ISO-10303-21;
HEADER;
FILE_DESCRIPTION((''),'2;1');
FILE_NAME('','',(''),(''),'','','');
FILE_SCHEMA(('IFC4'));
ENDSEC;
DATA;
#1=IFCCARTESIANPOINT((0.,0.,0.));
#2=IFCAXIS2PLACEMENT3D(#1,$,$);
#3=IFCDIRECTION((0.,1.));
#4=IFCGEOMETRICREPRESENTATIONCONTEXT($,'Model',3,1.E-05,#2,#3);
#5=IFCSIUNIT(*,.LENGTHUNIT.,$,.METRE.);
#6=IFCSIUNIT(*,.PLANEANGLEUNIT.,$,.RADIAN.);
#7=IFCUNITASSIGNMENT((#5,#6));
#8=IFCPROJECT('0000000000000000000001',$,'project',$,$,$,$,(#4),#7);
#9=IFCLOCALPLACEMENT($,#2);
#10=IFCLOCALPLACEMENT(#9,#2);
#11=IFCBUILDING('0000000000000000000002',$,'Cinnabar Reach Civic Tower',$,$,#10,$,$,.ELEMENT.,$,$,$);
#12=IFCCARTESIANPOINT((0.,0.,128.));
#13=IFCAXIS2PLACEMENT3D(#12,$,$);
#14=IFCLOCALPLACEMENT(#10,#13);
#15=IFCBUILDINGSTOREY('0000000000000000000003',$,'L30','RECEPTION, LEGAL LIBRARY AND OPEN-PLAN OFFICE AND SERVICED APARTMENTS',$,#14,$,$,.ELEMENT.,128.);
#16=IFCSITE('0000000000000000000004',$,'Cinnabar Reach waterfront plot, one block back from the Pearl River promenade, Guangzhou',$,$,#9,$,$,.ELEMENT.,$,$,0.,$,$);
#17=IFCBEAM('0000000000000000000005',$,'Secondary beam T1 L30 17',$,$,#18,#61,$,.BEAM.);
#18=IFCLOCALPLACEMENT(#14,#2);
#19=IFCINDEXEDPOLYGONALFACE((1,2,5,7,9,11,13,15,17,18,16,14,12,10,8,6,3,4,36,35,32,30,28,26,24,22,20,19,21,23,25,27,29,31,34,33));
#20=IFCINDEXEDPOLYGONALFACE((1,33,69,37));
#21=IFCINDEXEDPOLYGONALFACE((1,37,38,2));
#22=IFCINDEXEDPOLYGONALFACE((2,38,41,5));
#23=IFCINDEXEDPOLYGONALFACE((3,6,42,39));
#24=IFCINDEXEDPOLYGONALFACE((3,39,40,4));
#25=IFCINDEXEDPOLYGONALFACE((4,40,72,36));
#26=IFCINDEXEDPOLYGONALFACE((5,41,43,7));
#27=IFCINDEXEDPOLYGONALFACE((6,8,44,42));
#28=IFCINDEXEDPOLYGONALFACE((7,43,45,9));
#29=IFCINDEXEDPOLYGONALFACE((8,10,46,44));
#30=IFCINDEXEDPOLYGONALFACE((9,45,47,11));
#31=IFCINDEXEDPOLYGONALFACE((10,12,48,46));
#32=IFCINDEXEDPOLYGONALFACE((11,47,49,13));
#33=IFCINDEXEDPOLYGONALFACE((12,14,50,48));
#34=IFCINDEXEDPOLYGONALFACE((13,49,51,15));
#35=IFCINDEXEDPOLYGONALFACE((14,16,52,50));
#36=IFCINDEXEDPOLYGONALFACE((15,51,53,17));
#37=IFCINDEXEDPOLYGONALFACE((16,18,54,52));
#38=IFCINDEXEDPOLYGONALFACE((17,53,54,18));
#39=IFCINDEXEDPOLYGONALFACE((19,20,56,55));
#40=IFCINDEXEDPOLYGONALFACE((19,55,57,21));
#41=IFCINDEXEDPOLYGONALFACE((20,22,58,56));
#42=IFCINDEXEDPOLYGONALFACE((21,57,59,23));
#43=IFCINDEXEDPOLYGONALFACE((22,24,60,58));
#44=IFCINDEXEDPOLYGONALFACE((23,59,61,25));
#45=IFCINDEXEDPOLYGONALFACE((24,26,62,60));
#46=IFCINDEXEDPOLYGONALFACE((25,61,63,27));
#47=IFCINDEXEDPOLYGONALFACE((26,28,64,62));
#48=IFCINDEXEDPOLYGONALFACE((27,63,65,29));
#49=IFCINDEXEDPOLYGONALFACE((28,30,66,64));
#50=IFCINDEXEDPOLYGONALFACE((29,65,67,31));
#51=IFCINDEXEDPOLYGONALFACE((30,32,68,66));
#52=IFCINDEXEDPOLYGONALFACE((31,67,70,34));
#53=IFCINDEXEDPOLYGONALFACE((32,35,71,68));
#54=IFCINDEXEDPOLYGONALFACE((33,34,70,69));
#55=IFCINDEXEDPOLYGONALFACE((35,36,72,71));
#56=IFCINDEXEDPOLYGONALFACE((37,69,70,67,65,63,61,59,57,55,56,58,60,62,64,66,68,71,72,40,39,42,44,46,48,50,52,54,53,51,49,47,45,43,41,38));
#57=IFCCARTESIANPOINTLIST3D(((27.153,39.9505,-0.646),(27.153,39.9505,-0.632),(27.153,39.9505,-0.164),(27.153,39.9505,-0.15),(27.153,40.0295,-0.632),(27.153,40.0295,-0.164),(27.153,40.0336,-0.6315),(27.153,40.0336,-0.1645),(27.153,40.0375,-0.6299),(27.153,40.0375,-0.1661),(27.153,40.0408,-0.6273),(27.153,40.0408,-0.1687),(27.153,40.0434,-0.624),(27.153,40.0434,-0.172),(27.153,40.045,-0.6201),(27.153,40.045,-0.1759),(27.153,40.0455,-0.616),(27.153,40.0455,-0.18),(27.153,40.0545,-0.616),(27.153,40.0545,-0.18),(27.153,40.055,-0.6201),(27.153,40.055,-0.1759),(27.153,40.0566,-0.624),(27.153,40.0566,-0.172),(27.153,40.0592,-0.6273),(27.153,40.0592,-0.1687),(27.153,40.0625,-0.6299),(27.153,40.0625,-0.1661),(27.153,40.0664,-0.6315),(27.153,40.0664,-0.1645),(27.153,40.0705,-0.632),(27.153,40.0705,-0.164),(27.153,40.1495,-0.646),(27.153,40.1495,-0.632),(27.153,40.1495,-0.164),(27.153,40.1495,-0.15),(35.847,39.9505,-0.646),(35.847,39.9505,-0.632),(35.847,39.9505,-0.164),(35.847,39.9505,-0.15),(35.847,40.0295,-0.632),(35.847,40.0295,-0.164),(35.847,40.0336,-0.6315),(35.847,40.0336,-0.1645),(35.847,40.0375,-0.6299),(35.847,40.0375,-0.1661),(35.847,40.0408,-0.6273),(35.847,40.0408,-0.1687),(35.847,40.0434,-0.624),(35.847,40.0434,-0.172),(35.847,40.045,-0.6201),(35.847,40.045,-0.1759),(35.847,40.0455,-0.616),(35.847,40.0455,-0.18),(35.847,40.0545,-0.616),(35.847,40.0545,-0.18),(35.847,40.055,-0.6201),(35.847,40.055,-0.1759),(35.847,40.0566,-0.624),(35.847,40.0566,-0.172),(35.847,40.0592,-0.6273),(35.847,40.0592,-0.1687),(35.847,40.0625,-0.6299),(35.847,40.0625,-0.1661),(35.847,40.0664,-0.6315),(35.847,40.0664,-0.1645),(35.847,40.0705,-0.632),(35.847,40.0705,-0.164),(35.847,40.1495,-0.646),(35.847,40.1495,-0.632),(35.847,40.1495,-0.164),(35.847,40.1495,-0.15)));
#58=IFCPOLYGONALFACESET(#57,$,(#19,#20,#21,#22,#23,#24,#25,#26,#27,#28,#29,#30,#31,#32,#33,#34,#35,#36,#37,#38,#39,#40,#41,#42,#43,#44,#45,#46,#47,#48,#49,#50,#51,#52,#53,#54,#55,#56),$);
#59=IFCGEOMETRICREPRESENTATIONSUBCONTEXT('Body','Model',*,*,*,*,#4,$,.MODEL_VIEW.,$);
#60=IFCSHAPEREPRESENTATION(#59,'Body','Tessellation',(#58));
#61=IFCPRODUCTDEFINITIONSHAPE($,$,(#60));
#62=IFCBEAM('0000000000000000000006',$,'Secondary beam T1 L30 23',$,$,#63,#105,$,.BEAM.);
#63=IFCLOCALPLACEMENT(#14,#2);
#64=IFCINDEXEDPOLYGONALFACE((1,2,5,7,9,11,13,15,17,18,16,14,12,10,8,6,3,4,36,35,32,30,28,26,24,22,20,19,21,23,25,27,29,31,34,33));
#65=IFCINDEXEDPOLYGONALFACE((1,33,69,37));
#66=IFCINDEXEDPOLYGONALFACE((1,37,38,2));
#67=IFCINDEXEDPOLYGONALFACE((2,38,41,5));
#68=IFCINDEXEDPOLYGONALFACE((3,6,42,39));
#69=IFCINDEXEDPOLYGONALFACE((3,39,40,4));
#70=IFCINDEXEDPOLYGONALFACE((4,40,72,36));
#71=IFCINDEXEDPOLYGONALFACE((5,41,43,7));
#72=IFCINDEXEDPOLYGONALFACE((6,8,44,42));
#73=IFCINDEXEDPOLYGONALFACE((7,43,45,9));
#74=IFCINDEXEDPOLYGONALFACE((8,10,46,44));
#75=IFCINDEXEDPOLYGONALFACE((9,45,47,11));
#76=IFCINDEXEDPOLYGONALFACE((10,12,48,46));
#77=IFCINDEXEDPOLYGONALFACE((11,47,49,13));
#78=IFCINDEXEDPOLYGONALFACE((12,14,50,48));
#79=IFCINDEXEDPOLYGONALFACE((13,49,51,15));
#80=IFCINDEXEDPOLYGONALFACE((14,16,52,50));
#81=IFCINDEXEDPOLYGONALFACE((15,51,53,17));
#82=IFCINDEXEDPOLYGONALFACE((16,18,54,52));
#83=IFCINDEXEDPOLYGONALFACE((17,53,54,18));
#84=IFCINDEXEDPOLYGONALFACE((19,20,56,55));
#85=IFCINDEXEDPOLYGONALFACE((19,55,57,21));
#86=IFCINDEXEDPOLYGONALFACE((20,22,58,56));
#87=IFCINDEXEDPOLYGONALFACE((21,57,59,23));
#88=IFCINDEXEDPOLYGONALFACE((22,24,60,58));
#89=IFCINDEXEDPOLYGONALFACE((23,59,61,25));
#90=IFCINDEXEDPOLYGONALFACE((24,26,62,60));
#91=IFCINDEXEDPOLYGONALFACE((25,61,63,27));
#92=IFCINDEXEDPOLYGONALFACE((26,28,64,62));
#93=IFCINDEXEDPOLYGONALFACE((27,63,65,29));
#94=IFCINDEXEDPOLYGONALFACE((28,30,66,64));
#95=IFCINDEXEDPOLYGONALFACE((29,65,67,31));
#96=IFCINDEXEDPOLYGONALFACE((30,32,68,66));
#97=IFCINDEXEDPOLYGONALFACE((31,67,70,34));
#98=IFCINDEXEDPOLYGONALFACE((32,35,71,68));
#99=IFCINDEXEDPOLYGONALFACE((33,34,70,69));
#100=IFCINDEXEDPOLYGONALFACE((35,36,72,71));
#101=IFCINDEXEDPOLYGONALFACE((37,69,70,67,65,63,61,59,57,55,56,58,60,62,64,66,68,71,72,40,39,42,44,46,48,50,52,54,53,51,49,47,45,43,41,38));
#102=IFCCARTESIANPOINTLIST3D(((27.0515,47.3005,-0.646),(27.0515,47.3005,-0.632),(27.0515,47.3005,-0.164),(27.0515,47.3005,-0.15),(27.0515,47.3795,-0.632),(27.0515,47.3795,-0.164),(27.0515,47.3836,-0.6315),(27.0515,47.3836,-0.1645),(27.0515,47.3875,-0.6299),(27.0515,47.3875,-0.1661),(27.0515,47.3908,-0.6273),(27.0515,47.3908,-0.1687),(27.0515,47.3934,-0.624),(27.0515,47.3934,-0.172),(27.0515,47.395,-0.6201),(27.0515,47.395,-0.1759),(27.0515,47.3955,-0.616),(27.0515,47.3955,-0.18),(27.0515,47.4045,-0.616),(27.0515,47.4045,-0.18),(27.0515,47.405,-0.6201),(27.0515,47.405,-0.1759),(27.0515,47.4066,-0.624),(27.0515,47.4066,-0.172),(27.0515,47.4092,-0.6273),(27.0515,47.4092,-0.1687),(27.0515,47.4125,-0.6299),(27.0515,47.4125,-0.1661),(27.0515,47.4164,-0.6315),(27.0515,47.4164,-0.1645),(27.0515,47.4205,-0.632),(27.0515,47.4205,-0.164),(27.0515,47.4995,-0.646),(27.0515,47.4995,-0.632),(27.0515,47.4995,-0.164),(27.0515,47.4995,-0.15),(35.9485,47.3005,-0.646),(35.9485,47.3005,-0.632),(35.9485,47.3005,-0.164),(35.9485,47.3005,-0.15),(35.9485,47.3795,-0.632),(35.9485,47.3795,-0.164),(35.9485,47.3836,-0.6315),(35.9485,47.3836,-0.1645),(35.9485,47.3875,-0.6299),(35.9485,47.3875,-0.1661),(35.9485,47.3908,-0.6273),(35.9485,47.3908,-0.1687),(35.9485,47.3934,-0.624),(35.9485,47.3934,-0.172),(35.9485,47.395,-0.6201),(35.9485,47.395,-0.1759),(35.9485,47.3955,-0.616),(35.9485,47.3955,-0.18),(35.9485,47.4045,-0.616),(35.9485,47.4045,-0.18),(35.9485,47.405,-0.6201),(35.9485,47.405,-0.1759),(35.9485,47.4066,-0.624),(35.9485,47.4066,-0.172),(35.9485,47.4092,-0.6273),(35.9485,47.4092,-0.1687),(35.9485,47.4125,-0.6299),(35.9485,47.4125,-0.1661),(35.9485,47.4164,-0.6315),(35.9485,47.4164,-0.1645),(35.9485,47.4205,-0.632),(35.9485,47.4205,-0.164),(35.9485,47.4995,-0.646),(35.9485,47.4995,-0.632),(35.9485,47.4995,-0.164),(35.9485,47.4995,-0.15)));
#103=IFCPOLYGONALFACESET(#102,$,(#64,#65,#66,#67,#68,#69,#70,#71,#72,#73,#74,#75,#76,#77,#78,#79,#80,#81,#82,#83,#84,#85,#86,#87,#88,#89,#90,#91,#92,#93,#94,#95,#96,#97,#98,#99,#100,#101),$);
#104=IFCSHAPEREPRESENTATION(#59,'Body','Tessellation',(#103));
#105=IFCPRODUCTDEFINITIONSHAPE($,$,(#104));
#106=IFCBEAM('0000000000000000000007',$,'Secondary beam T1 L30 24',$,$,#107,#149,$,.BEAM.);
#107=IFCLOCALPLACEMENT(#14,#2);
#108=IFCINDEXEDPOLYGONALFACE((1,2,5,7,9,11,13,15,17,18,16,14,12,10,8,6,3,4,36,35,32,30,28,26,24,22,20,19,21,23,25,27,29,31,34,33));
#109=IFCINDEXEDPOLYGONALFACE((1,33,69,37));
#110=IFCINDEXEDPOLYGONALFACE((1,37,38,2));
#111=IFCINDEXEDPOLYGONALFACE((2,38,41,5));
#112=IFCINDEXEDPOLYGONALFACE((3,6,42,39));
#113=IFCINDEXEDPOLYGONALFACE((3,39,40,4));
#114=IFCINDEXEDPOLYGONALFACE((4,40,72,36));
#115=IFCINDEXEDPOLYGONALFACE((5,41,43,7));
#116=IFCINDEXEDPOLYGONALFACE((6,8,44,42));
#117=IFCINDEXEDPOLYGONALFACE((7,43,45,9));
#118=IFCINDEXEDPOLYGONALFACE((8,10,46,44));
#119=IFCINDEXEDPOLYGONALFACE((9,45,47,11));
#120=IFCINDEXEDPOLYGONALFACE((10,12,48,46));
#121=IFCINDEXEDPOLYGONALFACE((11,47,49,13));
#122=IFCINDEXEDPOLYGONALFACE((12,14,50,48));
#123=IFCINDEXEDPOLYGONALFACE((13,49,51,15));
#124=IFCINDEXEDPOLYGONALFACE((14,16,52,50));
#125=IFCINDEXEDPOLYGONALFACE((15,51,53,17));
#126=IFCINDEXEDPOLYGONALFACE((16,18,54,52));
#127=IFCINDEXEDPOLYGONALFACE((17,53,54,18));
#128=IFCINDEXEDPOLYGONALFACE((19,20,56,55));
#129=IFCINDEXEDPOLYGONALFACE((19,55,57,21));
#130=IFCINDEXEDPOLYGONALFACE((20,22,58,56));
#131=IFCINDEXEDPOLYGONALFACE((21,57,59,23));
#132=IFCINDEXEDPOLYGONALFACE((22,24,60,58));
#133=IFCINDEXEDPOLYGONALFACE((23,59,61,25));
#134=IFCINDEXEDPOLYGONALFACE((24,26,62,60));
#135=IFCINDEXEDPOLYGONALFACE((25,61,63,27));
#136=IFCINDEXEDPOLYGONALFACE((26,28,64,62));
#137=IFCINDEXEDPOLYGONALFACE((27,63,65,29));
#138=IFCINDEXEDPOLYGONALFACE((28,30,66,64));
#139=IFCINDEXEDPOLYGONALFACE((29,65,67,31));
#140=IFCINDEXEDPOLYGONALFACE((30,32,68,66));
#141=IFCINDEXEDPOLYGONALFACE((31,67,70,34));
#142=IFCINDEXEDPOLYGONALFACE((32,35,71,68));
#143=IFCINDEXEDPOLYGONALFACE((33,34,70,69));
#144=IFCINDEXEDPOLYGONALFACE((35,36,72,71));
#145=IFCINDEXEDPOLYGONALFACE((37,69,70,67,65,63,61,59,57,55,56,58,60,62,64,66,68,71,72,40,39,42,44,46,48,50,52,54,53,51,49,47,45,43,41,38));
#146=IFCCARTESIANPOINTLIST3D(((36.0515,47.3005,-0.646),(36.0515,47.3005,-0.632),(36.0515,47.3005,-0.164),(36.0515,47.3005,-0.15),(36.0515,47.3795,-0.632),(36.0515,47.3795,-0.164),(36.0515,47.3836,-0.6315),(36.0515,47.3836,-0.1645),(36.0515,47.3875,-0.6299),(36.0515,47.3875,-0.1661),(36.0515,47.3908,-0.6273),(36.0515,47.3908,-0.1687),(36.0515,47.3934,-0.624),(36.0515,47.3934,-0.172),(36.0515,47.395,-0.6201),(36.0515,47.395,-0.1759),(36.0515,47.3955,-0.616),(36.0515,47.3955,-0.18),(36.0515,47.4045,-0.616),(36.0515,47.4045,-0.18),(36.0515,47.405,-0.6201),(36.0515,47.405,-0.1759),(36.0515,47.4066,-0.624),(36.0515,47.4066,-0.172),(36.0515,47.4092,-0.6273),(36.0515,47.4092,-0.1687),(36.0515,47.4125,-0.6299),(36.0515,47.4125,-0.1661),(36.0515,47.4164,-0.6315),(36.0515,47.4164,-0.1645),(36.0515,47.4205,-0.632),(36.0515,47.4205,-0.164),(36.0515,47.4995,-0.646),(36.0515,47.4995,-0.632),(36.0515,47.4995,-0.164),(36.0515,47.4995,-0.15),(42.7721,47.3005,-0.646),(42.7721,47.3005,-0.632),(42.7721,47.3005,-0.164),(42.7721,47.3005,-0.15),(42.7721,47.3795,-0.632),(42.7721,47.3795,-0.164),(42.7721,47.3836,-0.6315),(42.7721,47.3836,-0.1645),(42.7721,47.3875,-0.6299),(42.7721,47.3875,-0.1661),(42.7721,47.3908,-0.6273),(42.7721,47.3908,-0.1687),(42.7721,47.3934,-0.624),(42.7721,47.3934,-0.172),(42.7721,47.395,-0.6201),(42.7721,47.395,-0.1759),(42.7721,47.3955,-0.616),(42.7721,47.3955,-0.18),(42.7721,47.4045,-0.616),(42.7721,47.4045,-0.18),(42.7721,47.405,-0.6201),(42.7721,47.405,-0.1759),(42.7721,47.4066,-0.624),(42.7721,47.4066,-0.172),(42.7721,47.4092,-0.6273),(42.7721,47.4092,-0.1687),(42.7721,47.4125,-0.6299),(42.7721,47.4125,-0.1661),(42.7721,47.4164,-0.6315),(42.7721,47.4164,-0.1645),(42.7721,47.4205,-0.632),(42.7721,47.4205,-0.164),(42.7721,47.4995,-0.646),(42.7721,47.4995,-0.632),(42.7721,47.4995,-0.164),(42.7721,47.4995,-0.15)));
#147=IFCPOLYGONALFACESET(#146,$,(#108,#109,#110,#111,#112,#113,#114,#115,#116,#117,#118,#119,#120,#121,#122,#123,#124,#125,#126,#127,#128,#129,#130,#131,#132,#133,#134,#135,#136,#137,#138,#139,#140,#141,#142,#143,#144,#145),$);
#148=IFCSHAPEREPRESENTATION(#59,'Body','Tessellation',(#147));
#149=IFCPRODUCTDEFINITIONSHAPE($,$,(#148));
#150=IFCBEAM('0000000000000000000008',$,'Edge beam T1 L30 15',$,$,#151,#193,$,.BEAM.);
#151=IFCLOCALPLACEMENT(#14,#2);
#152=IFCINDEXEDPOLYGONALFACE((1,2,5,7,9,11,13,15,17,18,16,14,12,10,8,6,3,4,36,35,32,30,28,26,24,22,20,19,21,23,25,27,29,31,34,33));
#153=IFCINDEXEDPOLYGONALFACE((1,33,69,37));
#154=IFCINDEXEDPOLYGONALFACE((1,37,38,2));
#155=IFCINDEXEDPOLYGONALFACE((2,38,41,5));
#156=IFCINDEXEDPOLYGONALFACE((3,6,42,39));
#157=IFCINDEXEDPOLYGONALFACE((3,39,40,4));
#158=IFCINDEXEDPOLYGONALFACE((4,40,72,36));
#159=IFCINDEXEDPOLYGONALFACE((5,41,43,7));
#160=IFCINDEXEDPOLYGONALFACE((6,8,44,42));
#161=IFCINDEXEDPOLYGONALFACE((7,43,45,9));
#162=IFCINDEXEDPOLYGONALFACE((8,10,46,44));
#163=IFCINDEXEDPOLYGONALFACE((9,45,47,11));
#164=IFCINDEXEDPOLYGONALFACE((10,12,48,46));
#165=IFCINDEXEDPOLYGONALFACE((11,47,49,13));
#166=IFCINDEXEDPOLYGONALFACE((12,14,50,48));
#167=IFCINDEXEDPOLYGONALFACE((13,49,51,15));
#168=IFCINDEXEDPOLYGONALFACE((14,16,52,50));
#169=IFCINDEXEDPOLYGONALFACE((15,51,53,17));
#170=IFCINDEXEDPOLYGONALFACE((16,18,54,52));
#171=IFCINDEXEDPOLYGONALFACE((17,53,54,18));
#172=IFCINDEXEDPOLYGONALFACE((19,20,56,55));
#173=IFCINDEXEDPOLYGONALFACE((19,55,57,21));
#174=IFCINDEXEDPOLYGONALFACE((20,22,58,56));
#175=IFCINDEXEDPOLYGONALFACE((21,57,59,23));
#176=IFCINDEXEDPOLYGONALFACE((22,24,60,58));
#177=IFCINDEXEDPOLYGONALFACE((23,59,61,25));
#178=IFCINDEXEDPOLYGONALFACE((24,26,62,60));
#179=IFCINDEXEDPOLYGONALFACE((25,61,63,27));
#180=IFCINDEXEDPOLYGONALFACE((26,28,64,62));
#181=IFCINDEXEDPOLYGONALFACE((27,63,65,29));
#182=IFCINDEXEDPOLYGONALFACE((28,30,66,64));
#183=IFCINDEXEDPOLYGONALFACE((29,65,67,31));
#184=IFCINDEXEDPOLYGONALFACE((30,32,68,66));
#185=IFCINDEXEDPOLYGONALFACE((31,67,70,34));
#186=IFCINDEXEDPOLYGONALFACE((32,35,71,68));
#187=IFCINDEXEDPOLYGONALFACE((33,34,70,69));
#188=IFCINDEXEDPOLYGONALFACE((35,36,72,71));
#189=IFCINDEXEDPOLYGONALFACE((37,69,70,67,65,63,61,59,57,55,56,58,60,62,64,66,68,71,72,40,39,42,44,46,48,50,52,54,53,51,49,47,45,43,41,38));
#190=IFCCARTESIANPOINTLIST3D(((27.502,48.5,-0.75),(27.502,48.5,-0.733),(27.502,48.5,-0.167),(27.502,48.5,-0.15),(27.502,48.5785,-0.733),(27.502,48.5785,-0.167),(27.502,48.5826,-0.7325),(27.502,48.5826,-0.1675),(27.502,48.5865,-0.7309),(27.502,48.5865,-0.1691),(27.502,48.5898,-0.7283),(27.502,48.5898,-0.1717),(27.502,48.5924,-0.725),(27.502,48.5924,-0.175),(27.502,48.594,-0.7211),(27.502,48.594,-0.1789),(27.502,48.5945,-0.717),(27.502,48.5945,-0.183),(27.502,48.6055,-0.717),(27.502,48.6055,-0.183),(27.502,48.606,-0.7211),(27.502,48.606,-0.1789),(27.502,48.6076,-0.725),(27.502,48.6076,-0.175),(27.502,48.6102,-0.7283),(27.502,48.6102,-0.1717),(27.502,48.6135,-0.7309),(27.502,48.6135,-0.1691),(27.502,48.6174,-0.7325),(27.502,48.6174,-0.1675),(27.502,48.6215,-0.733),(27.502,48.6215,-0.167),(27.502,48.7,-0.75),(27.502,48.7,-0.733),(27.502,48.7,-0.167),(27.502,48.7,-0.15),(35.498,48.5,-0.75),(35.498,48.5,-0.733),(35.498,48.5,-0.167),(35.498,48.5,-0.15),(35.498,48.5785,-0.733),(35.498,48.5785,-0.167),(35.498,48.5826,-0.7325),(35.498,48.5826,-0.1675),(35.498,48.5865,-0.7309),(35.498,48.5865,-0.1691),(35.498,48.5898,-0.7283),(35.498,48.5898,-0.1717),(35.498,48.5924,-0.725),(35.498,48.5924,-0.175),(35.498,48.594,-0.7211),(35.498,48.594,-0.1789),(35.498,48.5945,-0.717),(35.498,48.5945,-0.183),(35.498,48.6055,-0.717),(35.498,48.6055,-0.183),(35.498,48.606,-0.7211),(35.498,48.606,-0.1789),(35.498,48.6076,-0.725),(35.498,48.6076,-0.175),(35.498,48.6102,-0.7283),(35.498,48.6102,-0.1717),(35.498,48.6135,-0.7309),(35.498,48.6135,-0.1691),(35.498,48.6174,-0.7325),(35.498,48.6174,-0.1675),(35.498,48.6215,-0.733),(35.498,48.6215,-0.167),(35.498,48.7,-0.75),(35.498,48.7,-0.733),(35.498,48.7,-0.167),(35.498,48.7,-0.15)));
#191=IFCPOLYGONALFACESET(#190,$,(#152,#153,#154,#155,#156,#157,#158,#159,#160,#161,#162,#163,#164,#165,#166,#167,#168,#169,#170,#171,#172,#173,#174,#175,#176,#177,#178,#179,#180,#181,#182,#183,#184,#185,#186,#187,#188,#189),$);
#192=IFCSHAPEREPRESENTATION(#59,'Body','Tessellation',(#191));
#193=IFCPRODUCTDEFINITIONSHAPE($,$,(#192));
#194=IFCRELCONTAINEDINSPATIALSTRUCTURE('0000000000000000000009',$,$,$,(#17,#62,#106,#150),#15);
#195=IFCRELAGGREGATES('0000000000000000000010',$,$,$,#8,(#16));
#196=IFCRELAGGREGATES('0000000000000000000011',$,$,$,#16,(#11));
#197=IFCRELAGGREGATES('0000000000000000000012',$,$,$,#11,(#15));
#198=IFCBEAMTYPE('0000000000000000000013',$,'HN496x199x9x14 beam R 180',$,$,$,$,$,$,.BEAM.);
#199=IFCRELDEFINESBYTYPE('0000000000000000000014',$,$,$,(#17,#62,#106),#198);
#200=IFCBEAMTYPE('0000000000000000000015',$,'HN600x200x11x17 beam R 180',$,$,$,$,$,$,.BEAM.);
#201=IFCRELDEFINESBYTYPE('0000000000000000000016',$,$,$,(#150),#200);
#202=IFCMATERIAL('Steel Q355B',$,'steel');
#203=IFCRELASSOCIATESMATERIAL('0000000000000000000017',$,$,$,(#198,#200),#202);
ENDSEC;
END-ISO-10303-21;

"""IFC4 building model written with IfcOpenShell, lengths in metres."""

from ifc_helpers import new_model, si_unit, direction, frame, origin, origin_2d, place, context, subcontext, project, spatial, i_section, extrude, material, material_profile, profile_set, type_object, element, save


model = new_model("IFC4")

# Units and contexts
model_context = context("Model", 3, precision=1e-05, world=origin(), true_north=direction((0.0, 1.0)))
body_context = subcontext(model_context, "Body", "Model", "MODEL_VIEW")
ifc_project = project(units=[si_unit("LENGTHUNIT", "METRE"), si_unit("PLANEANGLEUNIT", "RADIAN")], contexts=[model_context])

# Site, building, storey
site_placement = place(None, origin())
site = spatial("IfcSite", under=ifc_project, at=site_placement, Name="Cinnabar Reach waterfront plot, one block back from the Pearl River promenade, Guangzhou", CompositionType="ELEMENT", RefElevation=0.0)
building_placement = place(site_placement, origin())
building = spatial("IfcBuilding", under=site, at=building_placement, Name="Cinnabar Reach Civic Tower", CompositionType="ELEMENT")
storey_placement = place(building_placement, frame((0.0, 0.0, 128.0)))
storey = spatial("IfcBuildingStorey", under=building, at=storey_placement, Name="L30", Description="RECEPTION, LEGAL LIBRARY AND OPEN-PLAN OFFICE AND SERVICED APARTMENTS", CompositionType="ELEMENT", Elevation=128.0)

# Beams
ifc_material_1 = material(Name="Steel Q355B", Category="steel")
ifc_material_profile_1 = material_profile(ifc_material_1, i_section(OverallWidth=0.199, OverallDepth=0.496, WebThickness=0.009, FlangeThickness=0.014, FilletRadius=0.016, at=origin_2d()), Name="HN496x199x9x14")
ifc_profile_set_1 = profile_set([ifc_material_profile_1], Name="Steel Q355B")
beam_type_1 = type_object("IfcBeamType", Name="HN496x199x9x14 beam R 180", PredefinedType="BEAM", material=ifc_profile_set_1)
beam_1_placement = place(storey_placement, frame((27.153, 40.05, -0.398), z_axis=(1.0, 0.0, 0.0), x_axis=(0.0, 1.0, 0.0)))
element("IfcBeam", 1, at=beam_1_placement, inside=storey, type_object=beam_type_1, Name="Secondary beam T1 L30 17", PredefinedType="BEAM", context=body_context, shape_type="SweptSolid", body=[
    extrude(i_section(OverallWidth=0.199, OverallDepth=0.496, WebThickness=0.009, FlangeThickness=0.014, FilletRadius=0.016, at=origin_2d()), origin(), (0.0, 0.0, 1.0), 8.694),
])
beam_2_placement = place(storey_placement, frame((27.0515, 47.4, -0.398), z_axis=(1.0, 0.0, 0.0), x_axis=(0.0, 1.0, 0.0)))
element("IfcBeam", 2, at=beam_2_placement, inside=storey, type_object=beam_type_1, Name="Secondary beam T1 L30 23", PredefinedType="BEAM", context=body_context, shape_type="SweptSolid", body=[
    extrude(i_section(OverallWidth=0.199, OverallDepth=0.496, WebThickness=0.009, FlangeThickness=0.014, FilletRadius=0.016, at=origin_2d()), origin(), (0.0, 0.0, 1.0), 8.897),
])
beam_3_placement = place(storey_placement, frame((36.0515, 47.4, -0.398), z_axis=(1.0, 0.0, 0.0), x_axis=(0.0, 1.0, 0.0)))
element("IfcBeam", 3, at=beam_3_placement, inside=storey, type_object=beam_type_1, Name="Secondary beam T1 L30 24", PredefinedType="BEAM", context=body_context, shape_type="SweptSolid", body=[
    extrude(i_section(OverallWidth=0.199, OverallDepth=0.496, WebThickness=0.009, FlangeThickness=0.014, FilletRadius=0.016, at=origin_2d()), origin(), (0.0, 0.0, 1.0), 6.7206),
])
ifc_material_profile_2 = material_profile(ifc_material_1, i_section(OverallWidth=0.2, OverallDepth=0.6, WebThickness=0.011, FlangeThickness=0.017, FilletRadius=0.016, at=origin_2d()), Name="HN600x200x11x17")
ifc_profile_set_2 = profile_set([ifc_material_profile_2], Name="Steel Q355B")
beam_type_2 = type_object("IfcBeamType", Name="HN600x200x11x17 beam R 180", PredefinedType="BEAM", material=ifc_profile_set_2)
for number, where, z_axis, x_axis, name in (
    (4, (35.498, 48.6, -0.45), (-1.0, 0.0, 0.0), (0.0, -1.0, 0.0), "Edge beam T1 L30 15"),
):
    element("IfcBeam", number, at=place(storey_placement, frame(where, z_axis=z_axis, x_axis=x_axis)), inside=storey, type_object=beam_type_2, Name=name, PredefinedType="BEAM", context=body_context, shape_type="SweptSolid", body=[
        extrude(i_section(OverallWidth=0.2, OverallDepth=0.6, WebThickness=0.011, FlangeThickness=0.017, FilletRadius=0.016, at=origin_2d()), origin(), (0.0, 0.0, 1.0), 7.996),
    ])

save(model, "model.ifc")
